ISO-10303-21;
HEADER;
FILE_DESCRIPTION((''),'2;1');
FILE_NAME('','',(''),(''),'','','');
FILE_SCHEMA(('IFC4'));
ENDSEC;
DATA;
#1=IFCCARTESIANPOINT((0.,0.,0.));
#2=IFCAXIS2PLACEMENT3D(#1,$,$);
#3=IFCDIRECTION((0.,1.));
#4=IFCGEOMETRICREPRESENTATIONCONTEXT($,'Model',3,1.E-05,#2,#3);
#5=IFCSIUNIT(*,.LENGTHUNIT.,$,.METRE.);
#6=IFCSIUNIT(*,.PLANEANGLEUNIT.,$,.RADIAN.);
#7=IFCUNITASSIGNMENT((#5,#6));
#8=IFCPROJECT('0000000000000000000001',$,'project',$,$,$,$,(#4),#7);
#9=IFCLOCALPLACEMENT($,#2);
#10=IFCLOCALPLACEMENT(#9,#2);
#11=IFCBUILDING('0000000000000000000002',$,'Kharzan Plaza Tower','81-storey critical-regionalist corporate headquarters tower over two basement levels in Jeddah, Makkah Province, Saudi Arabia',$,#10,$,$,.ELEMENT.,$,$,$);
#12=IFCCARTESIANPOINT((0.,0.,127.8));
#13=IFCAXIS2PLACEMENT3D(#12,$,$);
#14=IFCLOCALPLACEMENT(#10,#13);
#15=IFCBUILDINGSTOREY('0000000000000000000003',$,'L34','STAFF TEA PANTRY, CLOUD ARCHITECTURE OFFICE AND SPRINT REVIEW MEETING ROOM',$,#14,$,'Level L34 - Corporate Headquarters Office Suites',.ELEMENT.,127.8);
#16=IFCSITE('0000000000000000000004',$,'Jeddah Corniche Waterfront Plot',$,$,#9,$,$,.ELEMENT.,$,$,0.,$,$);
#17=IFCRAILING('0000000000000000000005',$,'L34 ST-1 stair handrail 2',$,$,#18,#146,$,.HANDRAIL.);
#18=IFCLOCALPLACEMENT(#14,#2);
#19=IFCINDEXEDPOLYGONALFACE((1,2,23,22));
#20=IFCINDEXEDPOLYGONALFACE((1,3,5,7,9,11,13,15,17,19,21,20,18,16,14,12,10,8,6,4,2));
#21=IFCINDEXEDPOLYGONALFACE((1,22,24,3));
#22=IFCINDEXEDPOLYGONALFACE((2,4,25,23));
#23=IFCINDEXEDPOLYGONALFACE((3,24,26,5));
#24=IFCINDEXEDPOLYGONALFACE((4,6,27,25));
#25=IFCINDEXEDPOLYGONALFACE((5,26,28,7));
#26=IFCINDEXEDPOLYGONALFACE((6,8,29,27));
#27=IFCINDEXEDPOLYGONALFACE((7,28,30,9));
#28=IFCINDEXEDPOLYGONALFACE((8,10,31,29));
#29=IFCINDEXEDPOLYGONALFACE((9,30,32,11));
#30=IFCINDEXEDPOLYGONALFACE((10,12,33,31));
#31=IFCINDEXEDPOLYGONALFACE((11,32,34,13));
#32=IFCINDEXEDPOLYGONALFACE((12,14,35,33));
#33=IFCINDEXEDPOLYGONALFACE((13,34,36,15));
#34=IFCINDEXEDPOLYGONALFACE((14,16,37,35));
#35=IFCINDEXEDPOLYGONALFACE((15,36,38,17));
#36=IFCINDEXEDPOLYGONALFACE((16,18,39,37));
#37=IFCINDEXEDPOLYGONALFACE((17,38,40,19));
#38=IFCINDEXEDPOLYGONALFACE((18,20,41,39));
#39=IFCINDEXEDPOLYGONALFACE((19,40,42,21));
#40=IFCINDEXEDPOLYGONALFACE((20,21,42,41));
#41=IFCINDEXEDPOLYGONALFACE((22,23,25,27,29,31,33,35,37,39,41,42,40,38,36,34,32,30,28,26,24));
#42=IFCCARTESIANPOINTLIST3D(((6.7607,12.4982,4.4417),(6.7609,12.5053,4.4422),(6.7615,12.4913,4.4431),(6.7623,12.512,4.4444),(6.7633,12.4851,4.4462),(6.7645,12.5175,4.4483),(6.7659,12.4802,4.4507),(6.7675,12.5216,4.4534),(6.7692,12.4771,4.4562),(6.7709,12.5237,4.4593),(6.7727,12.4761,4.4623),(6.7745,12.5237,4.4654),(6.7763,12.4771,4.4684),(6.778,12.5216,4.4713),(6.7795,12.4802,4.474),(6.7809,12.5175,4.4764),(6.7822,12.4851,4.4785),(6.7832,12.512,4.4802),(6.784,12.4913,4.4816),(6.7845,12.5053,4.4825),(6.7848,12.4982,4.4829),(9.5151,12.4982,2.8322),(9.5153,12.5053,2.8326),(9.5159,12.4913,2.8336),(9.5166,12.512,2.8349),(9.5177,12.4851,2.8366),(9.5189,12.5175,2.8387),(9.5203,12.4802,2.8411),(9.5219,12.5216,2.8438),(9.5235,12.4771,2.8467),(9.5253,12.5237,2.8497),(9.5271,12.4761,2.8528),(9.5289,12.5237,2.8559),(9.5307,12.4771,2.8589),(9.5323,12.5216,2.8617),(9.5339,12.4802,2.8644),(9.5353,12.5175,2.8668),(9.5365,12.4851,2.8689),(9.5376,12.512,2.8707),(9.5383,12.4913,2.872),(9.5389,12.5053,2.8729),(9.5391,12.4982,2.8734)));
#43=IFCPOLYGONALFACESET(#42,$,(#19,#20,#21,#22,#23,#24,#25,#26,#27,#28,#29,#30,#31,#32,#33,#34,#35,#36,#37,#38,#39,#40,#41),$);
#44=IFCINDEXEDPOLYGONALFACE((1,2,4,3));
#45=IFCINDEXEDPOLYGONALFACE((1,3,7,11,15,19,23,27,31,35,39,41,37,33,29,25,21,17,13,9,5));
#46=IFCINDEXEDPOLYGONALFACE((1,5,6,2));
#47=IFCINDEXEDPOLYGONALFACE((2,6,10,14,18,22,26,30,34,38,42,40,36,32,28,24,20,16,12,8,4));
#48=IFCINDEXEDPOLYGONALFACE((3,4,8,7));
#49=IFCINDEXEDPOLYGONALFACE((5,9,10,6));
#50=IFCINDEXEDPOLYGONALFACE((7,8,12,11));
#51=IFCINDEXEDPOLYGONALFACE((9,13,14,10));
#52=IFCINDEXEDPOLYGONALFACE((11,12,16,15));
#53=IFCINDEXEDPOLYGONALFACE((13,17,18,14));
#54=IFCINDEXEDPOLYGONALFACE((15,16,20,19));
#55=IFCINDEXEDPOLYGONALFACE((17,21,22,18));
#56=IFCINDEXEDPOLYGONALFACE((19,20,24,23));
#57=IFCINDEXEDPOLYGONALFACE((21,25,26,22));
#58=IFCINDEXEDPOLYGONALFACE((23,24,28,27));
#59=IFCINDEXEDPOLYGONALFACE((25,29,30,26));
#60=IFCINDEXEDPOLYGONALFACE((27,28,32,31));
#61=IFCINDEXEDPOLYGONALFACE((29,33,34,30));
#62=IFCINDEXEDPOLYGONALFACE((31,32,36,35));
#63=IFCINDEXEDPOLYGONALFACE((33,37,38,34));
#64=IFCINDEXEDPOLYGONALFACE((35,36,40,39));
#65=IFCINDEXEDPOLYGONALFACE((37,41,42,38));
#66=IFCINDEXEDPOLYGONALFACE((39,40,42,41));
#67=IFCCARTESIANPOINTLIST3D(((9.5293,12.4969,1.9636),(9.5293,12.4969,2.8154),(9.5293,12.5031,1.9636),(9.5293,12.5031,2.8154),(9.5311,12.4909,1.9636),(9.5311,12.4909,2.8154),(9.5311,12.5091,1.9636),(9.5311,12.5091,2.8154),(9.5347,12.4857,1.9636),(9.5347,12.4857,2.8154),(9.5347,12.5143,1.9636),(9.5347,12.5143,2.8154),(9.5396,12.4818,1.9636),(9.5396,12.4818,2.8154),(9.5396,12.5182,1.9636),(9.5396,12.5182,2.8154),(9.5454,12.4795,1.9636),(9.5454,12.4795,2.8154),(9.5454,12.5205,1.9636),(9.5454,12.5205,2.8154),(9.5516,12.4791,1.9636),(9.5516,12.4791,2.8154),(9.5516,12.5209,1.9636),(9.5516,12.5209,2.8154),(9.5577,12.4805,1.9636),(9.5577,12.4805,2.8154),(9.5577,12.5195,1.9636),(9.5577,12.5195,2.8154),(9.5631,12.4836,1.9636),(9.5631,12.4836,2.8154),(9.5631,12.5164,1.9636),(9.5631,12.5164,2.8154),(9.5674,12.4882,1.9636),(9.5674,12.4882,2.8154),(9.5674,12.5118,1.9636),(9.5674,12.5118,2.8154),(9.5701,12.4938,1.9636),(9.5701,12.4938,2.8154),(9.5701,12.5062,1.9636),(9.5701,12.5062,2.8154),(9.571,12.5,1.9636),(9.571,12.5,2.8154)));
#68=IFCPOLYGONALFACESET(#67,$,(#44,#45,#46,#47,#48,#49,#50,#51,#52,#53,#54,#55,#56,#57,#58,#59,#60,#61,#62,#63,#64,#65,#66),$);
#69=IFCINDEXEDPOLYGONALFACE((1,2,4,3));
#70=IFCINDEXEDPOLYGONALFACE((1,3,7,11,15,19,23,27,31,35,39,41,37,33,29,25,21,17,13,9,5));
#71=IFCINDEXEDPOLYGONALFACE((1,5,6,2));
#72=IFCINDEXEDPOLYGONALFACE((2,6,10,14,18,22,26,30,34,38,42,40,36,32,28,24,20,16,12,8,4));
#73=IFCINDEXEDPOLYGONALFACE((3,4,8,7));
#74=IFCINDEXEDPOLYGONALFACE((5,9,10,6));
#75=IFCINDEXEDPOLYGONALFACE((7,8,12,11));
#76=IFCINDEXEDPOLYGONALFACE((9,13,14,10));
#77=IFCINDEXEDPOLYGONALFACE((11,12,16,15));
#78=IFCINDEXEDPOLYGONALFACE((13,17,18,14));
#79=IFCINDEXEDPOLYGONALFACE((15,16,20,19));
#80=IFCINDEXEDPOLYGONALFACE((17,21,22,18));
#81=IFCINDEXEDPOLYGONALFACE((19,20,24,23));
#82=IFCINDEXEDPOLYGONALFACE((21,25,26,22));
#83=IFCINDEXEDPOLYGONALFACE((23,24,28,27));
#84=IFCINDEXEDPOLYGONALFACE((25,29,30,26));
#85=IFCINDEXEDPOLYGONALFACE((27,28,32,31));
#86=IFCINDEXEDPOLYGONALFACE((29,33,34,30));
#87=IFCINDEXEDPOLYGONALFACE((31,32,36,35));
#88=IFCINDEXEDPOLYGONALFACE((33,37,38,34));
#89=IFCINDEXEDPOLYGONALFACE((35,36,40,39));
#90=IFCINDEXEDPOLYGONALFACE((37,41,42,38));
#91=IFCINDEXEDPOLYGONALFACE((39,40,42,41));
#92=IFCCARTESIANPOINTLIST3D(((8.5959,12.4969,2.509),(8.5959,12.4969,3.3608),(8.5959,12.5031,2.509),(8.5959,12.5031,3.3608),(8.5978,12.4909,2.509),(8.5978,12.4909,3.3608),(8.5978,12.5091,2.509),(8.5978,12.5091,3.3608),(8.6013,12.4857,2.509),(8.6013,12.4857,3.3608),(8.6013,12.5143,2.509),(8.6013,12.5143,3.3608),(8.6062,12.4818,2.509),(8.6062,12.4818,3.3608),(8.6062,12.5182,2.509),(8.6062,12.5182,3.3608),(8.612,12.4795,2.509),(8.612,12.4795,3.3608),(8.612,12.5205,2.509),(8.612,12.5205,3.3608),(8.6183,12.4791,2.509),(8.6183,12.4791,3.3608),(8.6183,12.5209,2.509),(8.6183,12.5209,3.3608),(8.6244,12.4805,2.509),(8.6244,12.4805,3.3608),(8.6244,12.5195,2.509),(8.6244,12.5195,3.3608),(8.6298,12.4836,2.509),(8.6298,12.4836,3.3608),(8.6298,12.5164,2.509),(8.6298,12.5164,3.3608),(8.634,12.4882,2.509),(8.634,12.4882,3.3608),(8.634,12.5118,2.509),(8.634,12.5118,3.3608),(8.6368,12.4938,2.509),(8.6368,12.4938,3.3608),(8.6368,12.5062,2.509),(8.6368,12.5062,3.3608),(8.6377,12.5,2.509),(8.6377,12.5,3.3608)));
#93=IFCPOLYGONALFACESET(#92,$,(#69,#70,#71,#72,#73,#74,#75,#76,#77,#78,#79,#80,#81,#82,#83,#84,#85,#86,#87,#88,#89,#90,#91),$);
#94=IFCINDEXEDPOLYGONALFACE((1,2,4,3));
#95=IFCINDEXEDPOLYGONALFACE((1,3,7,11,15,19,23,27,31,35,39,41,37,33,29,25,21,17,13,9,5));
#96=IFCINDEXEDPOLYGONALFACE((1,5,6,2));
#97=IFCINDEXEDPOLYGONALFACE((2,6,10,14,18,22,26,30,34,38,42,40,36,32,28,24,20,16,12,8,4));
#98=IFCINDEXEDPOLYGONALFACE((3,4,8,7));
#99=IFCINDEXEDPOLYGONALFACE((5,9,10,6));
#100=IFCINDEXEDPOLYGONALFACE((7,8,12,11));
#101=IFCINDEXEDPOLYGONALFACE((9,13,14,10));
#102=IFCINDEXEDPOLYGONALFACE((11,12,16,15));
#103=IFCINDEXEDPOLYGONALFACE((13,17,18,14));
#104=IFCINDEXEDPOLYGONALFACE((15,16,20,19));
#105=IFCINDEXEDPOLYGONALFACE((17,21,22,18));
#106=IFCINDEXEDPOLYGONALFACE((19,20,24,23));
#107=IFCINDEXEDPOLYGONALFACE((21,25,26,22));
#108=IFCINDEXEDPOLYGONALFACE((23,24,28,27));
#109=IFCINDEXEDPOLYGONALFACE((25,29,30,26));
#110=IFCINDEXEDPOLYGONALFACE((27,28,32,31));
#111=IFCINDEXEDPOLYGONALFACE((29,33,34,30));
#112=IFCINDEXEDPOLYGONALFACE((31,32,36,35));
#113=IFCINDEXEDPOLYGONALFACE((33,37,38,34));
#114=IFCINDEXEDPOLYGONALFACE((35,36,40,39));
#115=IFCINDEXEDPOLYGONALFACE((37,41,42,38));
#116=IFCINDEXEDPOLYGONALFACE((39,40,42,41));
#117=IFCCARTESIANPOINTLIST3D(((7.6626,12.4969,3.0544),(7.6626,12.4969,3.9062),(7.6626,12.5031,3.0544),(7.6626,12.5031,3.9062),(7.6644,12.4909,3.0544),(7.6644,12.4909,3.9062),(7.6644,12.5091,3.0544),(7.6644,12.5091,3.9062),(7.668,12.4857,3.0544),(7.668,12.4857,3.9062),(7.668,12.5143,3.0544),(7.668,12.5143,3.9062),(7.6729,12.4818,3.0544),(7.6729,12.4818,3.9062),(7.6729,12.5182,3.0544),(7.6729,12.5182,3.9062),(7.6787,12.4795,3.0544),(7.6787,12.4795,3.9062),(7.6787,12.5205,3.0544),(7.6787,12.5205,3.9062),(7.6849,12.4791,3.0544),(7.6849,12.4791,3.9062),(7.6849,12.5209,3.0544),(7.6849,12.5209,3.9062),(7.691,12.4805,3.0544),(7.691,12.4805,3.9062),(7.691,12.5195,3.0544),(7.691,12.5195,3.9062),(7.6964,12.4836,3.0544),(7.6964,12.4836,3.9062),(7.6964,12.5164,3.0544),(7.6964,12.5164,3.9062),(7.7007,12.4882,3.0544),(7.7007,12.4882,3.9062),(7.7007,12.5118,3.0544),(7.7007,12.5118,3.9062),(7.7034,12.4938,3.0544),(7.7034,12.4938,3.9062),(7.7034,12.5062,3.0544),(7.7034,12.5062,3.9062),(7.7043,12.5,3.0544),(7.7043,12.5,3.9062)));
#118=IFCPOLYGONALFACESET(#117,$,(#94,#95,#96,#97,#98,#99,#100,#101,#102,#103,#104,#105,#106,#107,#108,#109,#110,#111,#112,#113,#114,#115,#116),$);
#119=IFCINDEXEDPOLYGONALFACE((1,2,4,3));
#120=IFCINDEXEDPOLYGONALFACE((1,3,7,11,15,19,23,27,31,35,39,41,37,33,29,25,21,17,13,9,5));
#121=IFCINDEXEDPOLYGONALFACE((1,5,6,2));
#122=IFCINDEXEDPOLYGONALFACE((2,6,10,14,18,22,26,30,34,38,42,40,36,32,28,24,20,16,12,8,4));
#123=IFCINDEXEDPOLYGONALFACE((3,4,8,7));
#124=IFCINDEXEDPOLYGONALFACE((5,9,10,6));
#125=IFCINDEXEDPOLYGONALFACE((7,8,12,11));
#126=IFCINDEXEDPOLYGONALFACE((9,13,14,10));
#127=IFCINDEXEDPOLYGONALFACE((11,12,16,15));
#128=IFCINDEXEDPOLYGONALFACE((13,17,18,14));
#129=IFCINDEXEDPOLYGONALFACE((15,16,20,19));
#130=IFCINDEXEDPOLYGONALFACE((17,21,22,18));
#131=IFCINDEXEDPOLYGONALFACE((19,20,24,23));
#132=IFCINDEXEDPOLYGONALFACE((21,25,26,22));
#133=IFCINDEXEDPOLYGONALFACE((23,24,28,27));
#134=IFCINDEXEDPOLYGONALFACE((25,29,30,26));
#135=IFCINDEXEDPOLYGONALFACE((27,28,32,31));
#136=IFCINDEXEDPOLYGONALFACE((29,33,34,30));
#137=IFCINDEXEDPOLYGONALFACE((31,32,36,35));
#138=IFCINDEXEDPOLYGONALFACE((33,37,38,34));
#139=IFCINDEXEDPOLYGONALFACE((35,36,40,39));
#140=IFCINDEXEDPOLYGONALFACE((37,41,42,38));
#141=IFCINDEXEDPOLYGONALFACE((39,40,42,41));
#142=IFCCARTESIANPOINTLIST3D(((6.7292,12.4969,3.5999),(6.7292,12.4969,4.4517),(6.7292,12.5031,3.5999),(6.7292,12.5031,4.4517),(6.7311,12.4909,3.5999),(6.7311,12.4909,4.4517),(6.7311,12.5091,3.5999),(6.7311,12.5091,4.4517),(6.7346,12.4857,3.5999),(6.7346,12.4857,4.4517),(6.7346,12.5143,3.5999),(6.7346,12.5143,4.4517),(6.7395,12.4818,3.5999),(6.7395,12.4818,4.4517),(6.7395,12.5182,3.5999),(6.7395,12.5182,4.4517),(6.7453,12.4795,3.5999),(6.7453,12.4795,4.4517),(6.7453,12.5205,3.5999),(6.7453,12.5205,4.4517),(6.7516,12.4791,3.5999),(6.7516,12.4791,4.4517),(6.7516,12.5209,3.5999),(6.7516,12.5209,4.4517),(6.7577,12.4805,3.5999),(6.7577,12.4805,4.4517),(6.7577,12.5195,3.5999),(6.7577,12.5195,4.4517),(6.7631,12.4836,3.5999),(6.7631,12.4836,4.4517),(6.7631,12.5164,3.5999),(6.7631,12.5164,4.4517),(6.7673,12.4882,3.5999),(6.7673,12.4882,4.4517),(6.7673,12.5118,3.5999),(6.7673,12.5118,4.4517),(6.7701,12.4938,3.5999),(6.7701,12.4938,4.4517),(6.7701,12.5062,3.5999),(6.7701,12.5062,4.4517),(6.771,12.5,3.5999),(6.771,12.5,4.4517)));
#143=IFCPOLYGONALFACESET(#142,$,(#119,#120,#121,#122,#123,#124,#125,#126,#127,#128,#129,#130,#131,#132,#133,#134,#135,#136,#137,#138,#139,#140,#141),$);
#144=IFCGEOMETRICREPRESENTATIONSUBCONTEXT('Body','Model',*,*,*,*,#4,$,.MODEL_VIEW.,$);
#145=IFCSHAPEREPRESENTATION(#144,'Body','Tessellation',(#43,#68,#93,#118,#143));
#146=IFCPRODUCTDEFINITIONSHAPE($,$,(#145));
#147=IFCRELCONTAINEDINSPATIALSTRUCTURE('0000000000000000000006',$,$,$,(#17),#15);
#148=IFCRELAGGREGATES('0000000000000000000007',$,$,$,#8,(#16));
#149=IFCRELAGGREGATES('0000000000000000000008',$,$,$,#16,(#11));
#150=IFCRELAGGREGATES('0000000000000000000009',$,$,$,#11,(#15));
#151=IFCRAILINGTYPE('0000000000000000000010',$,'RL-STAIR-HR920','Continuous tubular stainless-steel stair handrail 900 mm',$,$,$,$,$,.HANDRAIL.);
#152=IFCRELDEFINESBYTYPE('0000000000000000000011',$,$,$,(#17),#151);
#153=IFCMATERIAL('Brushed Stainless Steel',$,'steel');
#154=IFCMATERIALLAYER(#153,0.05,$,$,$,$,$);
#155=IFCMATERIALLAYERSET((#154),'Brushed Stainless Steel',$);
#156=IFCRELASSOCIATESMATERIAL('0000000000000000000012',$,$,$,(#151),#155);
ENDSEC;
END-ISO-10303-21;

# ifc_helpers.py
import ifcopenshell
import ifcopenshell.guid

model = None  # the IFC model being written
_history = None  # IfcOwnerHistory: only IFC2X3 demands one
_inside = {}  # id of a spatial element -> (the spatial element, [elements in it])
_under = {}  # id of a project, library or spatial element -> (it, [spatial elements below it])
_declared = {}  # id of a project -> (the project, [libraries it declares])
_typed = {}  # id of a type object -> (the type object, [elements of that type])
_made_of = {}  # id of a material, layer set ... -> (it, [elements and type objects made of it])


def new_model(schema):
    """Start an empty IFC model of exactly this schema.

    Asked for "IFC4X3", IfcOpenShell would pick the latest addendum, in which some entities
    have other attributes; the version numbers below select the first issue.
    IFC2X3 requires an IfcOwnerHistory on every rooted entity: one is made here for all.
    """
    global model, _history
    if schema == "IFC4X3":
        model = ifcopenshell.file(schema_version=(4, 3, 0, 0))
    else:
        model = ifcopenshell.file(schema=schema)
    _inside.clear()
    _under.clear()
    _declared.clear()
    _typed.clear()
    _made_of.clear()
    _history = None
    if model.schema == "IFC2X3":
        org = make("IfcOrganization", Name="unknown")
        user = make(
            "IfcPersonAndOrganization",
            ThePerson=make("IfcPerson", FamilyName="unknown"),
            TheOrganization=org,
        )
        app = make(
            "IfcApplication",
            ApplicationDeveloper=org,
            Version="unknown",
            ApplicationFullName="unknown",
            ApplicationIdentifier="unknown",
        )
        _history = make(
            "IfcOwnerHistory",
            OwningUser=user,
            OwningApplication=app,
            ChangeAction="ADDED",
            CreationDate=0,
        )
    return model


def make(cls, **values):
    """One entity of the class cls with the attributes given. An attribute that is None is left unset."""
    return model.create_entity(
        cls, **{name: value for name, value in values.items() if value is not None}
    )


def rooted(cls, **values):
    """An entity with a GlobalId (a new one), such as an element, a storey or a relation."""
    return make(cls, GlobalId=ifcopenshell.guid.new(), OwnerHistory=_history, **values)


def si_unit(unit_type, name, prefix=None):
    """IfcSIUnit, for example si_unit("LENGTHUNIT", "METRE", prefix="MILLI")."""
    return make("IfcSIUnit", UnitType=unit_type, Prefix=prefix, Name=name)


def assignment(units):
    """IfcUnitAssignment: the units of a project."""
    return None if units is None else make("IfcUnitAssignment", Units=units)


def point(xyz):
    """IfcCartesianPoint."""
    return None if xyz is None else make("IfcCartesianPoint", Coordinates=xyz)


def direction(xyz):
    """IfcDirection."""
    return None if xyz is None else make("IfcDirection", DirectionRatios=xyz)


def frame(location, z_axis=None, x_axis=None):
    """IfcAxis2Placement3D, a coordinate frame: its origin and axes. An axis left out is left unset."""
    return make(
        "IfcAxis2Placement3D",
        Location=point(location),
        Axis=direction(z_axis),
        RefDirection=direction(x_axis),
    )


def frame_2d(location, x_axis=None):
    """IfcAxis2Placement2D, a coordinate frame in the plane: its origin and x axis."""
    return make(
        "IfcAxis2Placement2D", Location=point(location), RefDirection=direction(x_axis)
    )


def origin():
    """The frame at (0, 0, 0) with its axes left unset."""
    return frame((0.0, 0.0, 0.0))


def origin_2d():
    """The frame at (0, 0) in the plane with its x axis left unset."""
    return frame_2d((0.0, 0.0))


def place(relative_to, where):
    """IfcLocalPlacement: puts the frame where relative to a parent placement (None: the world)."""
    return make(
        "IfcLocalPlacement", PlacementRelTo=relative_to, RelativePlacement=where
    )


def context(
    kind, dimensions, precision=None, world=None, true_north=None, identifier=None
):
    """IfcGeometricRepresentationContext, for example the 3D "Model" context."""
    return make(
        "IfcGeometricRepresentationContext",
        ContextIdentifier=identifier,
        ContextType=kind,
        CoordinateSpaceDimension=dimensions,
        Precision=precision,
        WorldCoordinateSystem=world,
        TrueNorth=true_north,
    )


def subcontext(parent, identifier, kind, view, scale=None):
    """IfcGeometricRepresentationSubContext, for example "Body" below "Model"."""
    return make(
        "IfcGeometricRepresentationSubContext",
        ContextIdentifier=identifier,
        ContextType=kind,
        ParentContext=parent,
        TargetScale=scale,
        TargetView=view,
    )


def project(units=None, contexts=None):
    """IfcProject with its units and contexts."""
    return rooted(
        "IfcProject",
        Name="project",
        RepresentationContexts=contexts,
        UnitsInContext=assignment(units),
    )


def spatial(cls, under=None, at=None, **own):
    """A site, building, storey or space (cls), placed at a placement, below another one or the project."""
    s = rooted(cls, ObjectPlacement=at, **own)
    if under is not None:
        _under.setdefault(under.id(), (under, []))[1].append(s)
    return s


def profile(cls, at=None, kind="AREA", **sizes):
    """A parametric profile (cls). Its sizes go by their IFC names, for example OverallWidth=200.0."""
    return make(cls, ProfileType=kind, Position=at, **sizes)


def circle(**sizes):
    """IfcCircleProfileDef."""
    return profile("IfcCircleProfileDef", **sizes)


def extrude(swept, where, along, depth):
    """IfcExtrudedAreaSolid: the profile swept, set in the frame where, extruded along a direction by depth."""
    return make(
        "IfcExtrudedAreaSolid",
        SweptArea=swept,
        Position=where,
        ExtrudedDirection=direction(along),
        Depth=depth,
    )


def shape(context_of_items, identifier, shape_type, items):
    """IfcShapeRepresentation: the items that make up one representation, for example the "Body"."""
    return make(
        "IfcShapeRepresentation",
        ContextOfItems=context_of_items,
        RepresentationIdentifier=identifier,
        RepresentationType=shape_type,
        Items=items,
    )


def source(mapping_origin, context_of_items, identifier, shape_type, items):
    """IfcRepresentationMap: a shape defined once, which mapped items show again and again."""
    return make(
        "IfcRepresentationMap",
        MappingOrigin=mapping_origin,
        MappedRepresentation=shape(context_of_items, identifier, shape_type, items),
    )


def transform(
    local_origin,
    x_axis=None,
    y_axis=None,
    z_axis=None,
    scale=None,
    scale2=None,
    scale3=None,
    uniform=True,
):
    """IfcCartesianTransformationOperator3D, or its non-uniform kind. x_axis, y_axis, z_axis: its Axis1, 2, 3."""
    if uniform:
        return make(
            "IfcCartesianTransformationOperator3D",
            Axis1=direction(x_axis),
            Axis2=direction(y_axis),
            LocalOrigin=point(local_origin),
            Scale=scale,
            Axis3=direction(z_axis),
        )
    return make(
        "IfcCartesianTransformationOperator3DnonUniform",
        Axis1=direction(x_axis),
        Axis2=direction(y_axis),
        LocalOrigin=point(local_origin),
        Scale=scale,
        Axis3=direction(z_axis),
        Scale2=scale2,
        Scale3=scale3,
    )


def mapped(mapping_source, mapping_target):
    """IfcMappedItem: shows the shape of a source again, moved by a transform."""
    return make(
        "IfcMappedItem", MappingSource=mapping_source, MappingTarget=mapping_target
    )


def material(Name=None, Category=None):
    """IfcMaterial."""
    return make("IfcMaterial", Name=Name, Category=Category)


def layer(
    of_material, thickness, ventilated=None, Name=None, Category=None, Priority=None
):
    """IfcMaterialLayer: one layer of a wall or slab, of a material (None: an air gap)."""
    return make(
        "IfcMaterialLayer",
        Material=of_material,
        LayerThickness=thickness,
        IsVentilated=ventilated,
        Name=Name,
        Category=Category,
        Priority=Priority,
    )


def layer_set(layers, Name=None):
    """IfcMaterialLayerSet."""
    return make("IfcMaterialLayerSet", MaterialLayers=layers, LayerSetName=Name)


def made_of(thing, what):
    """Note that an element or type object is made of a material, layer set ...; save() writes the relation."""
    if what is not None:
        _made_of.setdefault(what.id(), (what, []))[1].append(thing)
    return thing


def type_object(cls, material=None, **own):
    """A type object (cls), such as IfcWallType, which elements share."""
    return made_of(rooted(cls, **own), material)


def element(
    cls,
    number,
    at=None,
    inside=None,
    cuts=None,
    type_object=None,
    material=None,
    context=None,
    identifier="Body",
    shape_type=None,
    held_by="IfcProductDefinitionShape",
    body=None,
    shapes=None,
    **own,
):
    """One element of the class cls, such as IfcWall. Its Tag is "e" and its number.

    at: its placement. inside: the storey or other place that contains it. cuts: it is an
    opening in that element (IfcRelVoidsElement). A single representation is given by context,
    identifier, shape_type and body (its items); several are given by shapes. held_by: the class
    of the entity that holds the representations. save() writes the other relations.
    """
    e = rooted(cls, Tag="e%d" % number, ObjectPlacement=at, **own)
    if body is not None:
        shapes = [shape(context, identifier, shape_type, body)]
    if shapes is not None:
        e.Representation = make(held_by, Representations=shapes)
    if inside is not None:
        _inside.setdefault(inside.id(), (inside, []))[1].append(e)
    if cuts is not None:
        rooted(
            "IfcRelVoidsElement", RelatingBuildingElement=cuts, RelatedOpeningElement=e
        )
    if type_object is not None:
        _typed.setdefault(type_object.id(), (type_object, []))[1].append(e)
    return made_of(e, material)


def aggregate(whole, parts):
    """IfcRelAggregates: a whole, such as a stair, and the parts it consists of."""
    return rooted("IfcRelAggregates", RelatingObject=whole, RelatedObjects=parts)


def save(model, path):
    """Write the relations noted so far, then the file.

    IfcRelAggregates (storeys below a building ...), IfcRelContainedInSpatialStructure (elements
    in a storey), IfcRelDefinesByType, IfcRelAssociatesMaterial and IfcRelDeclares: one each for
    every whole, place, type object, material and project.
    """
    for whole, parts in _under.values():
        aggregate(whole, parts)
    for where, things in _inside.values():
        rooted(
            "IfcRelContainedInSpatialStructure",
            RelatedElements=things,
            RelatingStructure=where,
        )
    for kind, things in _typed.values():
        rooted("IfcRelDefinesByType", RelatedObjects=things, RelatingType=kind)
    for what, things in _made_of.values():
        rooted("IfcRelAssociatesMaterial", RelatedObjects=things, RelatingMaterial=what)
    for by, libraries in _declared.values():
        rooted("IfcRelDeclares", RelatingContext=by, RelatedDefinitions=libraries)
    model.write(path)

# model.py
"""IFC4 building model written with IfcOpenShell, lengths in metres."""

from ifc_helpers import new_model, si_unit, direction, frame, origin, origin_2d, place, context, subcontext, project, spatial, circle, extrude, source, transform, mapped, material, layer, layer_set, type_object, element, save


model = new_model("IFC4")

# Units and contexts
model_context = context("Model", 3, precision=1e-05, world=origin(), true_north=direction((0.0, 1.0)))
body_context = subcontext(model_context, "Body", "Model", "MODEL_VIEW")
ifc_project = project(units=[si_unit("LENGTHUNIT", "METRE"), si_unit("PLANEANGLEUNIT", "RADIAN")], contexts=[model_context])

# Site, building, storey
site_placement = place(None, origin())
site = spatial("IfcSite", under=ifc_project, at=site_placement, Name="Jeddah Corniche Waterfront Plot", CompositionType="ELEMENT", RefElevation=0.0)
building_placement = place(site_placement, origin())
building = spatial("IfcBuilding", under=site, at=building_placement, Name="Kharzan Plaza Tower", Description="81-storey critical-regionalist corporate headquarters tower over two basement levels in Jeddah, Makkah Province, Saudi Arabia", CompositionType="ELEMENT")
storey_placement = place(building_placement, frame((0.0, 0.0, 127.8)))
storey = spatial("IfcBuildingStorey", under=building, at=storey_placement, Name="L34", Description="STAFF TEA PANTRY, CLOUD ARCHITECTURE OFFICE AND SPRINT REVIEW MEETING ROOM", LongName="Level L34 - Corporate Headquarters Office Suites", CompositionType="ELEMENT", Elevation=127.8)

# Shared definitions
ifc_material_1 = material(Name="Brushed Stainless Steel", Category="steel")

# Railing
ifc_layer_1 = layer(ifc_material_1, 0.05)
ifc_layer_set_1 = layer_set([ifc_layer_1], Name="Brushed Stainless Steel")
railing_type_1 = type_object("IfcRailingType", Name="RL-STAIR-HR920", Description="Continuous tubular stainless-steel stair handrail 900 mm", PredefinedType="HANDRAIL", material=ifc_layer_set_1)
shared_shape_1 = source(origin(), body_context, "Body", "SweptSolid", [
    extrude(circle(Radius=0.0239, at=origin_2d()), frame((-0.0229, 0.0, 0.8892), z_axis=(-0.863394, 0.0, 0.504531), x_axis=(0.0, -1.0, 0.0)), (0.0, 0.0, 1.0), 3.1902),
    extrude(circle(Radius=0.021, at=origin_2d()), origin(), (0.0, 0.0, 1.0), 0.8518),
    extrude(circle(Radius=0.021, at=origin_2d()), frame((-0.9333, 0.0, 0.5454)), (0.0, 0.0, 1.0), 0.8518),
    extrude(circle(Radius=0.021, at=origin_2d()), frame((-1.8667, 0.0, 1.0908)), (0.0, 0.0, 1.0), 0.8518),
    extrude(circle(Radius=0.021, at=origin_2d()), frame((-2.8, 0.0, 1.6362)), (0.0, 0.0, 1.0), 0.8518),
])
railing_1_placement = place(storey_placement, frame((9.55, 12.5, 1.9636)))
element("IfcRailing", 1, at=railing_1_placement, inside=storey, type_object=railing_type_1, Name="L34 ST-1 stair handrail 2", PredefinedType="HANDRAIL", context=body_context, shape_type="MappedRepresentation", body=[
    mapped(shared_shape_1, transform((0.0, 0.0, 0.0), x_axis=(1.0, 0.0, 0.0), y_axis=(0.0, 1.0, 0.0), z_axis=(0.0, 0.0, 1.0))),
])

save(model, "model.ifc")
